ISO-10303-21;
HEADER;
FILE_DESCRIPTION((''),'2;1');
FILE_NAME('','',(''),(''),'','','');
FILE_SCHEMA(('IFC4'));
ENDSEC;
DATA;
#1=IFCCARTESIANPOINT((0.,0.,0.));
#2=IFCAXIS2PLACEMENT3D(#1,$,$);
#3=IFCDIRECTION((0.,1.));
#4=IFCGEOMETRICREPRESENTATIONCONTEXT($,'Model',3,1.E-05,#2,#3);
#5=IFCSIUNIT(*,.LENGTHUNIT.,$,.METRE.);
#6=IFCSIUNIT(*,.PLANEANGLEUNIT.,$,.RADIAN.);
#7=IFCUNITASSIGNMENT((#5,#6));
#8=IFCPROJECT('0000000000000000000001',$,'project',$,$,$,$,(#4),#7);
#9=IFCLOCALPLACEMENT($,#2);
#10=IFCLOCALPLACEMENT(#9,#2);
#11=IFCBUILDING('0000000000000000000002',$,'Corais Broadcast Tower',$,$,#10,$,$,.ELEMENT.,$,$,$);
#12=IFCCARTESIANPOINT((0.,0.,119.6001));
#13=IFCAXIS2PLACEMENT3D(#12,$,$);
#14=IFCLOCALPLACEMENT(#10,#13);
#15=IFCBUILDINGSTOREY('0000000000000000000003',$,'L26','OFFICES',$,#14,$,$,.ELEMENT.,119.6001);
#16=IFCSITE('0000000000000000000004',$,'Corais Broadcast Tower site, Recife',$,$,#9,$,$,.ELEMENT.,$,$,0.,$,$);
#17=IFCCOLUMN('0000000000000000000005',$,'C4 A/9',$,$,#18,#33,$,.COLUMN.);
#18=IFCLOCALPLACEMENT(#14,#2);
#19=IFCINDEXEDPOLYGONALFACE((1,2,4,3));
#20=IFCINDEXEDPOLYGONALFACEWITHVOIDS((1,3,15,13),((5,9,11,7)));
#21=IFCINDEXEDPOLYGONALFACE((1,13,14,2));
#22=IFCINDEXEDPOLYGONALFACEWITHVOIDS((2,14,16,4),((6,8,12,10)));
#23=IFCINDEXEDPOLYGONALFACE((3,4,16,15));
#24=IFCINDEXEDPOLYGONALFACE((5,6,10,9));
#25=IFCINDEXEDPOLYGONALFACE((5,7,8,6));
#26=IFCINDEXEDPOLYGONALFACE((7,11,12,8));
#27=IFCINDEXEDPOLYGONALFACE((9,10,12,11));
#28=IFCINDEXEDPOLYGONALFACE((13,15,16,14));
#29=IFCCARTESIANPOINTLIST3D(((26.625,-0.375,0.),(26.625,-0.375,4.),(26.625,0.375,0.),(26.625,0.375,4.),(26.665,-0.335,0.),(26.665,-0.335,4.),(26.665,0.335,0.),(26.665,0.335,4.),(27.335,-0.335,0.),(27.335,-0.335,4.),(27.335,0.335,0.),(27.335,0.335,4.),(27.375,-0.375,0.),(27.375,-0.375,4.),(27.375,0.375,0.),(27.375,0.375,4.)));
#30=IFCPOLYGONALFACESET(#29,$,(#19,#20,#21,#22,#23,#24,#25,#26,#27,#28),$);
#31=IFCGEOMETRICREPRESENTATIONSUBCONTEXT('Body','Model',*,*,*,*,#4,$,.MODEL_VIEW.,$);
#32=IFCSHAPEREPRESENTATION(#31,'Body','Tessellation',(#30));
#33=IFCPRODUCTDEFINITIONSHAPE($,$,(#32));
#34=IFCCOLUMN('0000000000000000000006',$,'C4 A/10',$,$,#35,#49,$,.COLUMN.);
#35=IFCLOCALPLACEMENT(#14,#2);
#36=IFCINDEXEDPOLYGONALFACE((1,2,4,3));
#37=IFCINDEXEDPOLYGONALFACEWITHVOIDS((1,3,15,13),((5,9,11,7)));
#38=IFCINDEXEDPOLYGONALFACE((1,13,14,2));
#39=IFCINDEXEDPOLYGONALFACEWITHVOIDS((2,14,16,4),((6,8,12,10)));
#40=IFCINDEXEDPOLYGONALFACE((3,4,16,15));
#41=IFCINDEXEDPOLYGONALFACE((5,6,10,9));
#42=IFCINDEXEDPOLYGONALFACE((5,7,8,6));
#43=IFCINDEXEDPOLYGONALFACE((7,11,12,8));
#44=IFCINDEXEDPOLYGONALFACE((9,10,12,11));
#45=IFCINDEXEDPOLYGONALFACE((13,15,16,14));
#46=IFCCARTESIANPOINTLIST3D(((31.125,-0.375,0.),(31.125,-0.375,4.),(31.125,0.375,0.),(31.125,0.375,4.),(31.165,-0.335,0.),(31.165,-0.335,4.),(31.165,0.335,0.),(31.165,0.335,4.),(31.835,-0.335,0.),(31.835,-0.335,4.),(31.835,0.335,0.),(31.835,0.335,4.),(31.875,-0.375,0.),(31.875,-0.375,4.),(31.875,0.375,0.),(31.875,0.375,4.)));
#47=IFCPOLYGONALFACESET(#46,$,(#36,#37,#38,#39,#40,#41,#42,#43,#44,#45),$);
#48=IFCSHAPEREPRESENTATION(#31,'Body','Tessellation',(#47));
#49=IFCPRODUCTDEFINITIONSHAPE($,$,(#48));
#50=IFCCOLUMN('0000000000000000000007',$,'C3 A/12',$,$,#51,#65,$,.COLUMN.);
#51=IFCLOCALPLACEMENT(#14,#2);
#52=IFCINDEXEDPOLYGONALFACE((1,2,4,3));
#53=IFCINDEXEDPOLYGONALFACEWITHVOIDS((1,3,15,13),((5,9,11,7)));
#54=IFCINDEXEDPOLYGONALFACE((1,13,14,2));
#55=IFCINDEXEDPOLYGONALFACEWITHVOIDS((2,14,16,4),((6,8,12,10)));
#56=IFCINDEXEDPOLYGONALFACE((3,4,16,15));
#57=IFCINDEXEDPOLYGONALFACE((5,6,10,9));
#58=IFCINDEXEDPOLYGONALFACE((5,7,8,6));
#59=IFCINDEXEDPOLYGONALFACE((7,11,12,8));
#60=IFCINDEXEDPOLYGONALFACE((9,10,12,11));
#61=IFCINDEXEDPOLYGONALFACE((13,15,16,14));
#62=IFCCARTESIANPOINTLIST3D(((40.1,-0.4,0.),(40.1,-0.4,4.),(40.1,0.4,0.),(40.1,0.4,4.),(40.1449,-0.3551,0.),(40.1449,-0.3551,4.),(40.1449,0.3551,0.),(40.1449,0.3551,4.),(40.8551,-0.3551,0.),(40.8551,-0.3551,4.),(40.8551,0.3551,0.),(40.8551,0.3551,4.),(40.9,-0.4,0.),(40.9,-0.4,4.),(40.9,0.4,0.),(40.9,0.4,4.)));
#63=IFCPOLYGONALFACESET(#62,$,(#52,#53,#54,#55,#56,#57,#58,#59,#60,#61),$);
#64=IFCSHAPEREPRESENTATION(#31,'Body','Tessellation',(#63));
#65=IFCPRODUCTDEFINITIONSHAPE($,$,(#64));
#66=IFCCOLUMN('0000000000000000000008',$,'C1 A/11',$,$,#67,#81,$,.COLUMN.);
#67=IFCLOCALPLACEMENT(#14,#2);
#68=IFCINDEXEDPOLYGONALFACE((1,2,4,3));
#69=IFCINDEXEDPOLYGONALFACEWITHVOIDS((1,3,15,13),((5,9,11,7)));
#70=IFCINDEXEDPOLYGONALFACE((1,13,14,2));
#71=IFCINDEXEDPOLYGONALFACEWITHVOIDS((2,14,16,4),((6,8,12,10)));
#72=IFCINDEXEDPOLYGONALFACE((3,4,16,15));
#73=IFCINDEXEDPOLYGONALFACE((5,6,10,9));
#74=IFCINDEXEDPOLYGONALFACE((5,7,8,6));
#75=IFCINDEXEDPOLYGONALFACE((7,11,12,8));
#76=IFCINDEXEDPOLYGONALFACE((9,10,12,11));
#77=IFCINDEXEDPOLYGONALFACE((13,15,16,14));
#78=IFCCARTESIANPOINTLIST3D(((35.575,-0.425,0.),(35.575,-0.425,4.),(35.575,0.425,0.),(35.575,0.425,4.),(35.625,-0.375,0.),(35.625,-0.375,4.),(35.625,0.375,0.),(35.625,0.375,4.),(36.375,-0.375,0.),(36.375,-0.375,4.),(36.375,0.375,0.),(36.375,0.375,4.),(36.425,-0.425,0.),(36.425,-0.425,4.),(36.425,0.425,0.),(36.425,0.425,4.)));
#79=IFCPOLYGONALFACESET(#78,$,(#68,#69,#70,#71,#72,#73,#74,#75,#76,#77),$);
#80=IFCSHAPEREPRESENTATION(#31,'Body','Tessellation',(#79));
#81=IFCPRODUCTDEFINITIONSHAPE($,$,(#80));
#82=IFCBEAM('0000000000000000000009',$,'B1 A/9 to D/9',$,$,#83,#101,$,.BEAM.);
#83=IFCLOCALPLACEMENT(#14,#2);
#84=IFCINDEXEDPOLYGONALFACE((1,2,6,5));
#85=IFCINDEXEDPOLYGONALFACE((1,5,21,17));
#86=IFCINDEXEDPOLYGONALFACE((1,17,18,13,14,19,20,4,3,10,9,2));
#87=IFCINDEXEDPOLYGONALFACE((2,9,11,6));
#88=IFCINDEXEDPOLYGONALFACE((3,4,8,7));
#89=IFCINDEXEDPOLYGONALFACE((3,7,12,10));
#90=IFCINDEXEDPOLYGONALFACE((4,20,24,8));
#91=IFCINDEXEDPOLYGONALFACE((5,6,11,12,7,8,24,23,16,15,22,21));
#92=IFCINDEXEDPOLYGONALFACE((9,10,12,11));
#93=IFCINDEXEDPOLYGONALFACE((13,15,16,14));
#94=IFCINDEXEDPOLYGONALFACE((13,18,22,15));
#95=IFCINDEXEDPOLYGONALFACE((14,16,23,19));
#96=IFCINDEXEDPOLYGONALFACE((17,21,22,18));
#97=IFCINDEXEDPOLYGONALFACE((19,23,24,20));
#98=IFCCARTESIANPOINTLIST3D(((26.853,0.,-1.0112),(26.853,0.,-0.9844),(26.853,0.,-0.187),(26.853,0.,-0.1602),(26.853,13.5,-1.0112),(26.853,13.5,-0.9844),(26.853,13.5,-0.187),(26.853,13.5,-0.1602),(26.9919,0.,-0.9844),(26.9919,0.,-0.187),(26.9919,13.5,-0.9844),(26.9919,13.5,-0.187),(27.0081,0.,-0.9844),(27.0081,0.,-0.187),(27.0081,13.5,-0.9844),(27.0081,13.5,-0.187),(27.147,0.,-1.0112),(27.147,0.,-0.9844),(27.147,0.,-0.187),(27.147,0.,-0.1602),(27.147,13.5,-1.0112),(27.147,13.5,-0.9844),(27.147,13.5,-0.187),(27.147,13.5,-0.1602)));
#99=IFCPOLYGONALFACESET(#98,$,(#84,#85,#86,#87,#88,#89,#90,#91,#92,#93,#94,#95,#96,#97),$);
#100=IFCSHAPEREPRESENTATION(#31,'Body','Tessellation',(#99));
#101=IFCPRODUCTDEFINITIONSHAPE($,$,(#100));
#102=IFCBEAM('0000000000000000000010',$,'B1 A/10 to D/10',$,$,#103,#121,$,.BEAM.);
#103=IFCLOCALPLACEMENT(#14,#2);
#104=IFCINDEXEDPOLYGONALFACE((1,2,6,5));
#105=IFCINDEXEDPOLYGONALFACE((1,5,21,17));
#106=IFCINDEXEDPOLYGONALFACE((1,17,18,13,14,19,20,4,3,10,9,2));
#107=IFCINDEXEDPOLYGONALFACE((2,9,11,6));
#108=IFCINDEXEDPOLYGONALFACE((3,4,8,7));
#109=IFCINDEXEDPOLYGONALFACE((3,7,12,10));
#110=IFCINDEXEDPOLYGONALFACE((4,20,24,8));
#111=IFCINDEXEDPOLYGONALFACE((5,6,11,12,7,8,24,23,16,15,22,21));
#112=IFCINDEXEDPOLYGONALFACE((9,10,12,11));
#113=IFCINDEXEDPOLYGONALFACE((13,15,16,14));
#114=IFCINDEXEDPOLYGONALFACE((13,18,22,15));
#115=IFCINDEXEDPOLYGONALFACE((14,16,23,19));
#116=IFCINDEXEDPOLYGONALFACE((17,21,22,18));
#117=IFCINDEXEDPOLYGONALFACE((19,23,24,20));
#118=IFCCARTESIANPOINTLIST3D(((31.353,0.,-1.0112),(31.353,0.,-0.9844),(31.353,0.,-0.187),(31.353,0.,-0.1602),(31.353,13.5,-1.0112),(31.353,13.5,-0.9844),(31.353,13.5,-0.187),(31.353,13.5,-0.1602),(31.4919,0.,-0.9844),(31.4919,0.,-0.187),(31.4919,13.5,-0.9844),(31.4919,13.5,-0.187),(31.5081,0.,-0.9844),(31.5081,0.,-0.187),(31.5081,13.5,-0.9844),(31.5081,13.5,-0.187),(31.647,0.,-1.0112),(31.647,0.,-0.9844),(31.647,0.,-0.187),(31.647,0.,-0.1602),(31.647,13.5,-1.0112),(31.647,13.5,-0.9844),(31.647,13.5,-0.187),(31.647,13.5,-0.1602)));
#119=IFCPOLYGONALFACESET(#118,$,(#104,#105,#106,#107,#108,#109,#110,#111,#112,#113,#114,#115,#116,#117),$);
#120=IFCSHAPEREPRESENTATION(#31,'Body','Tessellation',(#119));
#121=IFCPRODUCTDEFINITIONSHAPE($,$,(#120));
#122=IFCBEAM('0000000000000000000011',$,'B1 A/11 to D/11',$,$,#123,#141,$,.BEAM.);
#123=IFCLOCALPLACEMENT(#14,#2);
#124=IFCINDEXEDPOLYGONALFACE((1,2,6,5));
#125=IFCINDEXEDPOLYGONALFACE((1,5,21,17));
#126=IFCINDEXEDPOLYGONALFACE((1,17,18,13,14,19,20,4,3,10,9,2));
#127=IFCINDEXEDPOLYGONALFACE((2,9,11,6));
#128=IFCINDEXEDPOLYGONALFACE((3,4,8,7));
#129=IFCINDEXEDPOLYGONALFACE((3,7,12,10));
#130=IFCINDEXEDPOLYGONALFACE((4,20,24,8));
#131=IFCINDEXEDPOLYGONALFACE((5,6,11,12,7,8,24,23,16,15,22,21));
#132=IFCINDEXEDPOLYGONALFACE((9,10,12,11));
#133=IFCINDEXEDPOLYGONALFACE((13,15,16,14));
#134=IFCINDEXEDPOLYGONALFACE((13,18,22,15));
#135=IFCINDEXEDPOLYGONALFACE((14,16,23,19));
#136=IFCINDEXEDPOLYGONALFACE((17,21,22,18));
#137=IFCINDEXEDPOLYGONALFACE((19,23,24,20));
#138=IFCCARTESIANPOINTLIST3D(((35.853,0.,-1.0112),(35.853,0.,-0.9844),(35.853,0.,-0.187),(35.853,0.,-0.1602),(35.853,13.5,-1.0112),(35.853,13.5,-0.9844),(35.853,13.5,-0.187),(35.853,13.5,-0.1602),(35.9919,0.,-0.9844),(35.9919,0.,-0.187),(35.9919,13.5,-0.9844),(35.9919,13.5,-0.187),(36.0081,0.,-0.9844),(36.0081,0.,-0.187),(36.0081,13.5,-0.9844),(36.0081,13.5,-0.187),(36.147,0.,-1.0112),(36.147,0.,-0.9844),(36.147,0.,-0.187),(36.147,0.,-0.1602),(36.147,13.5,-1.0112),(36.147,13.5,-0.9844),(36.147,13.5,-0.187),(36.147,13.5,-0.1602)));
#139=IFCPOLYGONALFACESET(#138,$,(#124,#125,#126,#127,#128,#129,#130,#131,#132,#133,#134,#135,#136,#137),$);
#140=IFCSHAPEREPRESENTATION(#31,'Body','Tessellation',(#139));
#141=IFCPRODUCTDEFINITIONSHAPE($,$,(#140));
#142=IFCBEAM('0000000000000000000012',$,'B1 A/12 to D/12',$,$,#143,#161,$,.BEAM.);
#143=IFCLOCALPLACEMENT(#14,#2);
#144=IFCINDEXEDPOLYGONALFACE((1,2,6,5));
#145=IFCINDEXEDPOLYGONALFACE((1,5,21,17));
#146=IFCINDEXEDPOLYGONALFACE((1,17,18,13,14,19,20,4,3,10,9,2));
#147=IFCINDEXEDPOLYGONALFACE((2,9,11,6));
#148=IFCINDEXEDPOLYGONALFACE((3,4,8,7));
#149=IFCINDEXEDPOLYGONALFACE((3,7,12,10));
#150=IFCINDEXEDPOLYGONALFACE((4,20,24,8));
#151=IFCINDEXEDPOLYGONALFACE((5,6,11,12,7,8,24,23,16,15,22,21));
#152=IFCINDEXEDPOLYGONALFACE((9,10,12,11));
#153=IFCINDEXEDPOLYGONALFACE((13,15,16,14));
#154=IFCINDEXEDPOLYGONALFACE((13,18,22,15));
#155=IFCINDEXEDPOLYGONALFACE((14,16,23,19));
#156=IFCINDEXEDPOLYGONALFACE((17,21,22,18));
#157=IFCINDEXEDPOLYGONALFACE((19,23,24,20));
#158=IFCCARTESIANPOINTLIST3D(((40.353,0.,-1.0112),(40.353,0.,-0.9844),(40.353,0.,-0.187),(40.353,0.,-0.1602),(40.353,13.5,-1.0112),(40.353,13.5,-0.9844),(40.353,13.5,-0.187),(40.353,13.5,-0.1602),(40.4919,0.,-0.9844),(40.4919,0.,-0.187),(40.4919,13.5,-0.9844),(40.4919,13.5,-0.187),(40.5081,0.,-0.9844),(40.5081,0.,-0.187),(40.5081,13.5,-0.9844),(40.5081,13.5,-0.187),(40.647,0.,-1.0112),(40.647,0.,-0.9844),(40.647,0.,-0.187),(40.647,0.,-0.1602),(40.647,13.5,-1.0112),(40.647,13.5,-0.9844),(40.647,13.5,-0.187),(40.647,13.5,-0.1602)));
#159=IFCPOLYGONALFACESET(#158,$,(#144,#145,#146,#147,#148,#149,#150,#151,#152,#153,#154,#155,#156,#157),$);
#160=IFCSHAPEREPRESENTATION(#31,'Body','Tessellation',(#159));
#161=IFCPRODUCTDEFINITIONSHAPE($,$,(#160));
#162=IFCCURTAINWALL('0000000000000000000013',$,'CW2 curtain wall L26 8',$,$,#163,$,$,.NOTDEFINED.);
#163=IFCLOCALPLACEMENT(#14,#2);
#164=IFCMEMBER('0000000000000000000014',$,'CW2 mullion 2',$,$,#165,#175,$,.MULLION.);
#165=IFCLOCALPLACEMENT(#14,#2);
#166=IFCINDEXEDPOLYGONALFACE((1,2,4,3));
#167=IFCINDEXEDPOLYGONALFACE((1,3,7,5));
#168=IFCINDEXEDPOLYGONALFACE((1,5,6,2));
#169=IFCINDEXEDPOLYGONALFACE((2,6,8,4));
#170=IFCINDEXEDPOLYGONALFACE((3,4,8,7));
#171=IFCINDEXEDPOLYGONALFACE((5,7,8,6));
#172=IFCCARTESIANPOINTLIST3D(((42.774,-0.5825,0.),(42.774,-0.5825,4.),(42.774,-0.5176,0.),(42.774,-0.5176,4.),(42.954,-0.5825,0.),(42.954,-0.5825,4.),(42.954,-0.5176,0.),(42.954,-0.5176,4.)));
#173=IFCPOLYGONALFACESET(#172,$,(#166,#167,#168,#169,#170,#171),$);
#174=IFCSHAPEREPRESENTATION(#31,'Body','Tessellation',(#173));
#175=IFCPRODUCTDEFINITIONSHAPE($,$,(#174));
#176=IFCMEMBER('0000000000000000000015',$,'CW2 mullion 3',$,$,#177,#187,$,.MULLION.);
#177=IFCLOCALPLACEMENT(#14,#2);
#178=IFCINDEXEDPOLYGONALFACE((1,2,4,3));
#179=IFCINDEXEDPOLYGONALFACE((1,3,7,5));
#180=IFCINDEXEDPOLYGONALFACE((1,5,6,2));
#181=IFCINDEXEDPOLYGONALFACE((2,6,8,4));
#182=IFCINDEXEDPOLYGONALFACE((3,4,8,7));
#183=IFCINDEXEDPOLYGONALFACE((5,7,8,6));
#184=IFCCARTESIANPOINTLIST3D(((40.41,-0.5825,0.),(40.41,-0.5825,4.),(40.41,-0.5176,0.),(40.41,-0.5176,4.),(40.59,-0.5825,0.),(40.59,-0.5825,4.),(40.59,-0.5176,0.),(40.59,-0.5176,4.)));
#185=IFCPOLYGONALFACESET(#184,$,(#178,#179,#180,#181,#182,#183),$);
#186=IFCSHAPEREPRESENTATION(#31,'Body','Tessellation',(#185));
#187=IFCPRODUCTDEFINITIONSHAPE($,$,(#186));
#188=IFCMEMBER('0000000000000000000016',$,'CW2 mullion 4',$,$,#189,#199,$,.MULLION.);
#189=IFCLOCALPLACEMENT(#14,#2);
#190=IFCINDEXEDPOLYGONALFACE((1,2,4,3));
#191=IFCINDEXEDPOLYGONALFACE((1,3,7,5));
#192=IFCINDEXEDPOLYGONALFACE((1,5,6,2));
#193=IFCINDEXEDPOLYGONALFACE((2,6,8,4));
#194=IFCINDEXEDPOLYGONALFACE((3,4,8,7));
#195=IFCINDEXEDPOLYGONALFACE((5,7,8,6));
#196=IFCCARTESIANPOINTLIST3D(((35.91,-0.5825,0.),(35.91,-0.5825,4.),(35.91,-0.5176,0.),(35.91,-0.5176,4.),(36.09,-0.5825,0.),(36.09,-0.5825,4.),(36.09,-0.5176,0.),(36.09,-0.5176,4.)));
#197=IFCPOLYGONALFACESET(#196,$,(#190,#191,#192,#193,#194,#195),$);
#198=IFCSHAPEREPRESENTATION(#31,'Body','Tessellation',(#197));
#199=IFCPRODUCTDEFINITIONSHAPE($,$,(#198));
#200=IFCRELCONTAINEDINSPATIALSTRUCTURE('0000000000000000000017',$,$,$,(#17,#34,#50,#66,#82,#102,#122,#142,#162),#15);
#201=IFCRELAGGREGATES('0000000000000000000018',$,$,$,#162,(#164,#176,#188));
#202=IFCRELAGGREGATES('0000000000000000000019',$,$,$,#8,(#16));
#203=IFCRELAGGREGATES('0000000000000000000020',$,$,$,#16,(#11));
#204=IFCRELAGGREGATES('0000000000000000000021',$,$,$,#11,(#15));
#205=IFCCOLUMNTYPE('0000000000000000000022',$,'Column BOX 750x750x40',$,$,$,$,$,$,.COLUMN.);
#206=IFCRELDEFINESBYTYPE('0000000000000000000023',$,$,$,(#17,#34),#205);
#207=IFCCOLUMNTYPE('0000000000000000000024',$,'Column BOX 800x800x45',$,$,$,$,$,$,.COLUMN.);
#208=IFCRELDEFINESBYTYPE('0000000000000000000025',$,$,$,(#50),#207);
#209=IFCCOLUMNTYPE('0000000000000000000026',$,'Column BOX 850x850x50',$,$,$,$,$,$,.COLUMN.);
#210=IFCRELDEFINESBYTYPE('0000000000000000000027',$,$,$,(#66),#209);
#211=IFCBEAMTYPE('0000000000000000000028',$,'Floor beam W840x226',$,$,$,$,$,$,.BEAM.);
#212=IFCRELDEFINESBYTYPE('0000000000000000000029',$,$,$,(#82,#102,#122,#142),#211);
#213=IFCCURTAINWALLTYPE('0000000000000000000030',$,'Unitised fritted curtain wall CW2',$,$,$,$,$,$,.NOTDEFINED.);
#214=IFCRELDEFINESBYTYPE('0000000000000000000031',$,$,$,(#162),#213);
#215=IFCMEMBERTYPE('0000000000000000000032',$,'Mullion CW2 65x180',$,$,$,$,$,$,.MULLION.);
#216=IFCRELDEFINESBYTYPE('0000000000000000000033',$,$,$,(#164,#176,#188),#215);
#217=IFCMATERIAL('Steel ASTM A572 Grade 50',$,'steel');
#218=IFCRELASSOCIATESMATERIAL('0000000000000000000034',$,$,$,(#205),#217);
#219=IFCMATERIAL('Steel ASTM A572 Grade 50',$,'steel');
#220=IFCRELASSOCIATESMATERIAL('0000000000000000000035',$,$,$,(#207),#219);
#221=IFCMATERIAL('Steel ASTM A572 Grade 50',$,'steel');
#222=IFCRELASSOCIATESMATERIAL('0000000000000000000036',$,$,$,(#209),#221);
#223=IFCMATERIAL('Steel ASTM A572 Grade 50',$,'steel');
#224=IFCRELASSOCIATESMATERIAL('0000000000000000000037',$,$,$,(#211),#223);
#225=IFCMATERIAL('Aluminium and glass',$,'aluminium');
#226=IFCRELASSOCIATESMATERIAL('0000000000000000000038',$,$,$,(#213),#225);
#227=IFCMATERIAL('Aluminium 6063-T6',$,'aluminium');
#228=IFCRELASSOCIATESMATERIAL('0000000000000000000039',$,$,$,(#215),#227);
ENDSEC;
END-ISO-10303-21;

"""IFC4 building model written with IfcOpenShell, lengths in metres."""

from ifc_helpers import new_model, si_unit, direction, frame, origin, origin_2d, place, context, subcontext, project, spatial, rectangle, hollow_rectangle, i_section, extrude, material, material_profile, profile_set, type_object, element, aggregate, save


model = new_model("IFC4")

# Units and contexts
model_context = context("Model", 3, precision=1e-05, world=origin(), true_north=direction((0.0, 1.0)))
body_context = subcontext(model_context, "Body", "Model", "MODEL_VIEW")
ifc_project = project(units=[si_unit("LENGTHUNIT", "METRE"), si_unit("PLANEANGLEUNIT", "RADIAN")], contexts=[model_context])

# Site, building, storey
site_placement = place(None, origin())
site = spatial("IfcSite", under=ifc_project, at=site_placement, Name="Corais Broadcast Tower site, Recife", CompositionType="ELEMENT", RefElevation=0.0)
building_placement = place(site_placement, origin())
building = spatial("IfcBuilding", under=site, at=building_placement, Name="Corais Broadcast Tower", CompositionType="ELEMENT")
storey_placement = place(building_placement, frame((0.0, 0.0, 119.6001)))
storey = spatial("IfcBuildingStorey", under=building, at=storey_placement, Name="L26", Description="OFFICES", CompositionType="ELEMENT", Elevation=119.6001)

# Columns
ifc_material_1 = material(Name="Steel ASTM A572 Grade 50", Category="steel")
ifc_material_profile_1 = material_profile(ifc_material_1, hollow_rectangle(XDim=0.75, YDim=0.75, WallThickness=0.04, at=origin_2d()), Name="BOX 750x750x40")
ifc_profile_set_1 = profile_set([ifc_material_profile_1], Name="Steel ASTM A572 Grade 50")
column_type_1 = type_object("IfcColumnType", Name="Column BOX 750x750x40", PredefinedType="COLUMN", material=ifc_profile_set_1)
for number, where, z_axis, x_axis, name in (
    (1, (27.0, 0.0, 0.0), (0.0, 0.0, 1.0), (1.0, 0.0, 0.0), "C4 A/9"),
    (2, (31.5, 0.0, 0.0), (0.0, 0.0, 1.0), (1.0, 0.0, 0.0), "C4 A/10"),
):
    element("IfcColumn", number, at=place(storey_placement, frame(where, z_axis=z_axis, x_axis=x_axis)), inside=storey, type_object=column_type_1, Name=name, PredefinedType="COLUMN", context=body_context, shape_type="SweptSolid", body=[
        extrude(hollow_rectangle(XDim=0.75, YDim=0.75, WallThickness=0.04, at=origin_2d()), origin(), (0.0, 0.0, 1.0), 4.0),
    ])
ifc_material_2 = material(Name="Steel ASTM A572 Grade 50", Category="steel")
ifc_material_profile_2 = material_profile(ifc_material_2, hollow_rectangle(XDim=0.8, YDim=0.8, WallThickness=0.0449, at=origin_2d()), Name="BOX 800x800x45")
ifc_profile_set_2 = profile_set([ifc_material_profile_2], Name="Steel ASTM A572 Grade 50")
column_type_2 = type_object("IfcColumnType", Name="Column BOX 800x800x45", PredefinedType="COLUMN", material=ifc_profile_set_2)
column_1_placement = place(storey_placement, frame((40.5, 0.0, 0.0), z_axis=(0.0, 0.0, 1.0), x_axis=(1.0, 0.0, 0.0)))
element("IfcColumn", 3, at=column_1_placement, inside=storey, type_object=column_type_2, Name="C3 A/12", PredefinedType="COLUMN", context=body_context, shape_type="SweptSolid", body=[
    extrude(hollow_rectangle(XDim=0.8, YDim=0.8, WallThickness=0.0449, at=origin_2d()), origin(), (0.0, 0.0, 1.0), 4.0),
])
ifc_material_3 = material(Name="Steel ASTM A572 Grade 50", Category="steel")
ifc_material_profile_3 = material_profile(ifc_material_3, hollow_rectangle(XDim=0.8501, YDim=0.8501, WallThickness=0.05, at=origin_2d()), Name="BOX 850x850x50")
ifc_profile_set_3 = profile_set([ifc_material_profile_3], Name="Steel ASTM A572 Grade 50")
column_type_3 = type_object("IfcColumnType", Name="Column BOX 850x850x50", PredefinedType="COLUMN", material=ifc_profile_set_3)
column_2_placement = place(storey_placement, frame((36.0, 0.0, 0.0), z_axis=(0.0, 0.0, 1.0), x_axis=(1.0, 0.0, 0.0)))
element("IfcColumn", 4, at=column_2_placement, inside=storey, type_object=column_type_3, Name="C1 A/11", PredefinedType="COLUMN", context=body_context, shape_type="SweptSolid", body=[
    extrude(hollow_rectangle(XDim=0.8501, YDim=0.8501, WallThickness=0.05, at=origin_2d()), origin(), (0.0, 0.0, 1.0), 4.0),
])

# Beams
ifc_material_4 = material(Name="Steel ASTM A572 Grade 50", Category="steel")
ifc_material_profile_4 = material_profile(ifc_material_4, i_section(OverallWidth=0.2939, OverallDepth=0.8511, WebThickness=0.0161, FlangeThickness=0.0269, at=origin_2d()), Name="W840x226")
ifc_profile_set_4 = profile_set([ifc_material_profile_4], Name="Steel ASTM A572 Grade 50")
beam_type_1 = type_object("IfcBeamType", Name="Floor beam W840x226", PredefinedType="BEAM", material=ifc_profile_set_4)
for number, where, z_axis, x_axis, name in (
    (5, (27.0, 0.0, -0.5857), (0.0, 1.0, 0.0), (-1.0, 0.0, 0.0), "B1 A/9 to D/9"),
    (6, (31.5, 0.0, -0.5857), (0.0, 1.0, 0.0), (-1.0, 0.0, 0.0), "B1 A/10 to D/10"),
    (7, (36.0, 0.0, -0.5857), (0.0, 1.0, 0.0), (-1.0, 0.0, 0.0), "B1 A/11 to D/11"),
    (8, (40.5, 0.0, -0.5857), (0.0, 1.0, 0.0), (-1.0, 0.0, 0.0), "B1 A/12 to D/12"),
):
    element("IfcBeam", number, at=place(storey_placement, frame(where, z_axis=z_axis, x_axis=x_axis)), inside=storey, type_object=beam_type_1, Name=name, PredefinedType="BEAM", context=body_context, shape_type="SweptSolid", body=[
        extrude(i_section(OverallWidth=0.2939, OverallDepth=0.8511, WebThickness=0.0161, FlangeThickness=0.0269, at=origin_2d()), origin(), (0.0, 0.0, 1.0), 13.5),
    ])

# Curtain wall, members
ifc_material_5 = material(Name="Aluminium and glass", Category="aluminium")
curtain_wall_type = type_object("IfcCurtainWallType", Name="Unitised fritted curtain wall CW2", PredefinedType="NOTDEFINED", material=ifc_material_5)
curtain_wall_placement = place(storey_placement, origin())
curtain_wall = element("IfcCurtainWall", 9, at=curtain_wall_placement, inside=storey, type_object=curtain_wall_type, Name="CW2 curtain wall L26 8", PredefinedType="NOTDEFINED")
ifc_material_6 = material(Name="Aluminium 6063-T6", Category="aluminium")
ifc_material_profile_5 = material_profile(ifc_material_6, rectangle(XDim=0.0649, YDim=0.1799, at=origin_2d()), Name="Mullion CW2 65x180")
ifc_profile_set_5 = profile_set([ifc_material_profile_5], Name="Aluminium 6063-T6")
member_type_1 = type_object("IfcMemberType", Name="Mullion CW2 65x180", PredefinedType="MULLION", material=ifc_profile_set_5)
member_1_placement = place(storey_placement, frame((42.864, -0.55, 0.0), z_axis=(0.0, 0.0, 1.0), x_axis=(0.0, -1.0, 0.0)))
member_1 = element("IfcMember", 10, at=member_1_placement, type_object=member_type_1, Name="CW2 mullion 2", PredefinedType="MULLION", context=body_context, shape_type="SweptSolid", body=[
    extrude(rectangle(XDim=0.0649, YDim=0.1799, at=origin_2d()), origin(), (0.0, 0.0, 1.0), 4.0),
])
member_2_placement = place(storey_placement, frame((40.5, -0.55, 0.0), z_axis=(0.0, 0.0, 1.0), x_axis=(0.0, -1.0, 0.0)))
member_2 = element("IfcMember", 11, at=member_2_placement, type_object=member_type_1, Name="CW2 mullion 3", PredefinedType="MULLION", context=body_context, shape_type="SweptSolid", body=[
    extrude(rectangle(XDim=0.0649, YDim=0.1799, at=origin_2d()), origin(), (0.0, 0.0, 1.0), 4.0),
])
member_3_placement = place(storey_placement, frame((36.0, -0.55, 0.0), z_axis=(0.0, 0.0, 1.0), x_axis=(0.0, -1.0, 0.0)))
member_3 = element("IfcMember", 12, at=member_3_placement, type_object=member_type_1, Name="CW2 mullion 4", PredefinedType="MULLION", context=body_context, shape_type="SweptSolid", body=[
    extrude(rectangle(XDim=0.0649, YDim=0.1799, at=origin_2d()), origin(), (0.0, 0.0, 1.0), 4.0),
])

aggregate(curtain_wall, [member_1, member_2, member_3])

save(model, "model.ifc")
